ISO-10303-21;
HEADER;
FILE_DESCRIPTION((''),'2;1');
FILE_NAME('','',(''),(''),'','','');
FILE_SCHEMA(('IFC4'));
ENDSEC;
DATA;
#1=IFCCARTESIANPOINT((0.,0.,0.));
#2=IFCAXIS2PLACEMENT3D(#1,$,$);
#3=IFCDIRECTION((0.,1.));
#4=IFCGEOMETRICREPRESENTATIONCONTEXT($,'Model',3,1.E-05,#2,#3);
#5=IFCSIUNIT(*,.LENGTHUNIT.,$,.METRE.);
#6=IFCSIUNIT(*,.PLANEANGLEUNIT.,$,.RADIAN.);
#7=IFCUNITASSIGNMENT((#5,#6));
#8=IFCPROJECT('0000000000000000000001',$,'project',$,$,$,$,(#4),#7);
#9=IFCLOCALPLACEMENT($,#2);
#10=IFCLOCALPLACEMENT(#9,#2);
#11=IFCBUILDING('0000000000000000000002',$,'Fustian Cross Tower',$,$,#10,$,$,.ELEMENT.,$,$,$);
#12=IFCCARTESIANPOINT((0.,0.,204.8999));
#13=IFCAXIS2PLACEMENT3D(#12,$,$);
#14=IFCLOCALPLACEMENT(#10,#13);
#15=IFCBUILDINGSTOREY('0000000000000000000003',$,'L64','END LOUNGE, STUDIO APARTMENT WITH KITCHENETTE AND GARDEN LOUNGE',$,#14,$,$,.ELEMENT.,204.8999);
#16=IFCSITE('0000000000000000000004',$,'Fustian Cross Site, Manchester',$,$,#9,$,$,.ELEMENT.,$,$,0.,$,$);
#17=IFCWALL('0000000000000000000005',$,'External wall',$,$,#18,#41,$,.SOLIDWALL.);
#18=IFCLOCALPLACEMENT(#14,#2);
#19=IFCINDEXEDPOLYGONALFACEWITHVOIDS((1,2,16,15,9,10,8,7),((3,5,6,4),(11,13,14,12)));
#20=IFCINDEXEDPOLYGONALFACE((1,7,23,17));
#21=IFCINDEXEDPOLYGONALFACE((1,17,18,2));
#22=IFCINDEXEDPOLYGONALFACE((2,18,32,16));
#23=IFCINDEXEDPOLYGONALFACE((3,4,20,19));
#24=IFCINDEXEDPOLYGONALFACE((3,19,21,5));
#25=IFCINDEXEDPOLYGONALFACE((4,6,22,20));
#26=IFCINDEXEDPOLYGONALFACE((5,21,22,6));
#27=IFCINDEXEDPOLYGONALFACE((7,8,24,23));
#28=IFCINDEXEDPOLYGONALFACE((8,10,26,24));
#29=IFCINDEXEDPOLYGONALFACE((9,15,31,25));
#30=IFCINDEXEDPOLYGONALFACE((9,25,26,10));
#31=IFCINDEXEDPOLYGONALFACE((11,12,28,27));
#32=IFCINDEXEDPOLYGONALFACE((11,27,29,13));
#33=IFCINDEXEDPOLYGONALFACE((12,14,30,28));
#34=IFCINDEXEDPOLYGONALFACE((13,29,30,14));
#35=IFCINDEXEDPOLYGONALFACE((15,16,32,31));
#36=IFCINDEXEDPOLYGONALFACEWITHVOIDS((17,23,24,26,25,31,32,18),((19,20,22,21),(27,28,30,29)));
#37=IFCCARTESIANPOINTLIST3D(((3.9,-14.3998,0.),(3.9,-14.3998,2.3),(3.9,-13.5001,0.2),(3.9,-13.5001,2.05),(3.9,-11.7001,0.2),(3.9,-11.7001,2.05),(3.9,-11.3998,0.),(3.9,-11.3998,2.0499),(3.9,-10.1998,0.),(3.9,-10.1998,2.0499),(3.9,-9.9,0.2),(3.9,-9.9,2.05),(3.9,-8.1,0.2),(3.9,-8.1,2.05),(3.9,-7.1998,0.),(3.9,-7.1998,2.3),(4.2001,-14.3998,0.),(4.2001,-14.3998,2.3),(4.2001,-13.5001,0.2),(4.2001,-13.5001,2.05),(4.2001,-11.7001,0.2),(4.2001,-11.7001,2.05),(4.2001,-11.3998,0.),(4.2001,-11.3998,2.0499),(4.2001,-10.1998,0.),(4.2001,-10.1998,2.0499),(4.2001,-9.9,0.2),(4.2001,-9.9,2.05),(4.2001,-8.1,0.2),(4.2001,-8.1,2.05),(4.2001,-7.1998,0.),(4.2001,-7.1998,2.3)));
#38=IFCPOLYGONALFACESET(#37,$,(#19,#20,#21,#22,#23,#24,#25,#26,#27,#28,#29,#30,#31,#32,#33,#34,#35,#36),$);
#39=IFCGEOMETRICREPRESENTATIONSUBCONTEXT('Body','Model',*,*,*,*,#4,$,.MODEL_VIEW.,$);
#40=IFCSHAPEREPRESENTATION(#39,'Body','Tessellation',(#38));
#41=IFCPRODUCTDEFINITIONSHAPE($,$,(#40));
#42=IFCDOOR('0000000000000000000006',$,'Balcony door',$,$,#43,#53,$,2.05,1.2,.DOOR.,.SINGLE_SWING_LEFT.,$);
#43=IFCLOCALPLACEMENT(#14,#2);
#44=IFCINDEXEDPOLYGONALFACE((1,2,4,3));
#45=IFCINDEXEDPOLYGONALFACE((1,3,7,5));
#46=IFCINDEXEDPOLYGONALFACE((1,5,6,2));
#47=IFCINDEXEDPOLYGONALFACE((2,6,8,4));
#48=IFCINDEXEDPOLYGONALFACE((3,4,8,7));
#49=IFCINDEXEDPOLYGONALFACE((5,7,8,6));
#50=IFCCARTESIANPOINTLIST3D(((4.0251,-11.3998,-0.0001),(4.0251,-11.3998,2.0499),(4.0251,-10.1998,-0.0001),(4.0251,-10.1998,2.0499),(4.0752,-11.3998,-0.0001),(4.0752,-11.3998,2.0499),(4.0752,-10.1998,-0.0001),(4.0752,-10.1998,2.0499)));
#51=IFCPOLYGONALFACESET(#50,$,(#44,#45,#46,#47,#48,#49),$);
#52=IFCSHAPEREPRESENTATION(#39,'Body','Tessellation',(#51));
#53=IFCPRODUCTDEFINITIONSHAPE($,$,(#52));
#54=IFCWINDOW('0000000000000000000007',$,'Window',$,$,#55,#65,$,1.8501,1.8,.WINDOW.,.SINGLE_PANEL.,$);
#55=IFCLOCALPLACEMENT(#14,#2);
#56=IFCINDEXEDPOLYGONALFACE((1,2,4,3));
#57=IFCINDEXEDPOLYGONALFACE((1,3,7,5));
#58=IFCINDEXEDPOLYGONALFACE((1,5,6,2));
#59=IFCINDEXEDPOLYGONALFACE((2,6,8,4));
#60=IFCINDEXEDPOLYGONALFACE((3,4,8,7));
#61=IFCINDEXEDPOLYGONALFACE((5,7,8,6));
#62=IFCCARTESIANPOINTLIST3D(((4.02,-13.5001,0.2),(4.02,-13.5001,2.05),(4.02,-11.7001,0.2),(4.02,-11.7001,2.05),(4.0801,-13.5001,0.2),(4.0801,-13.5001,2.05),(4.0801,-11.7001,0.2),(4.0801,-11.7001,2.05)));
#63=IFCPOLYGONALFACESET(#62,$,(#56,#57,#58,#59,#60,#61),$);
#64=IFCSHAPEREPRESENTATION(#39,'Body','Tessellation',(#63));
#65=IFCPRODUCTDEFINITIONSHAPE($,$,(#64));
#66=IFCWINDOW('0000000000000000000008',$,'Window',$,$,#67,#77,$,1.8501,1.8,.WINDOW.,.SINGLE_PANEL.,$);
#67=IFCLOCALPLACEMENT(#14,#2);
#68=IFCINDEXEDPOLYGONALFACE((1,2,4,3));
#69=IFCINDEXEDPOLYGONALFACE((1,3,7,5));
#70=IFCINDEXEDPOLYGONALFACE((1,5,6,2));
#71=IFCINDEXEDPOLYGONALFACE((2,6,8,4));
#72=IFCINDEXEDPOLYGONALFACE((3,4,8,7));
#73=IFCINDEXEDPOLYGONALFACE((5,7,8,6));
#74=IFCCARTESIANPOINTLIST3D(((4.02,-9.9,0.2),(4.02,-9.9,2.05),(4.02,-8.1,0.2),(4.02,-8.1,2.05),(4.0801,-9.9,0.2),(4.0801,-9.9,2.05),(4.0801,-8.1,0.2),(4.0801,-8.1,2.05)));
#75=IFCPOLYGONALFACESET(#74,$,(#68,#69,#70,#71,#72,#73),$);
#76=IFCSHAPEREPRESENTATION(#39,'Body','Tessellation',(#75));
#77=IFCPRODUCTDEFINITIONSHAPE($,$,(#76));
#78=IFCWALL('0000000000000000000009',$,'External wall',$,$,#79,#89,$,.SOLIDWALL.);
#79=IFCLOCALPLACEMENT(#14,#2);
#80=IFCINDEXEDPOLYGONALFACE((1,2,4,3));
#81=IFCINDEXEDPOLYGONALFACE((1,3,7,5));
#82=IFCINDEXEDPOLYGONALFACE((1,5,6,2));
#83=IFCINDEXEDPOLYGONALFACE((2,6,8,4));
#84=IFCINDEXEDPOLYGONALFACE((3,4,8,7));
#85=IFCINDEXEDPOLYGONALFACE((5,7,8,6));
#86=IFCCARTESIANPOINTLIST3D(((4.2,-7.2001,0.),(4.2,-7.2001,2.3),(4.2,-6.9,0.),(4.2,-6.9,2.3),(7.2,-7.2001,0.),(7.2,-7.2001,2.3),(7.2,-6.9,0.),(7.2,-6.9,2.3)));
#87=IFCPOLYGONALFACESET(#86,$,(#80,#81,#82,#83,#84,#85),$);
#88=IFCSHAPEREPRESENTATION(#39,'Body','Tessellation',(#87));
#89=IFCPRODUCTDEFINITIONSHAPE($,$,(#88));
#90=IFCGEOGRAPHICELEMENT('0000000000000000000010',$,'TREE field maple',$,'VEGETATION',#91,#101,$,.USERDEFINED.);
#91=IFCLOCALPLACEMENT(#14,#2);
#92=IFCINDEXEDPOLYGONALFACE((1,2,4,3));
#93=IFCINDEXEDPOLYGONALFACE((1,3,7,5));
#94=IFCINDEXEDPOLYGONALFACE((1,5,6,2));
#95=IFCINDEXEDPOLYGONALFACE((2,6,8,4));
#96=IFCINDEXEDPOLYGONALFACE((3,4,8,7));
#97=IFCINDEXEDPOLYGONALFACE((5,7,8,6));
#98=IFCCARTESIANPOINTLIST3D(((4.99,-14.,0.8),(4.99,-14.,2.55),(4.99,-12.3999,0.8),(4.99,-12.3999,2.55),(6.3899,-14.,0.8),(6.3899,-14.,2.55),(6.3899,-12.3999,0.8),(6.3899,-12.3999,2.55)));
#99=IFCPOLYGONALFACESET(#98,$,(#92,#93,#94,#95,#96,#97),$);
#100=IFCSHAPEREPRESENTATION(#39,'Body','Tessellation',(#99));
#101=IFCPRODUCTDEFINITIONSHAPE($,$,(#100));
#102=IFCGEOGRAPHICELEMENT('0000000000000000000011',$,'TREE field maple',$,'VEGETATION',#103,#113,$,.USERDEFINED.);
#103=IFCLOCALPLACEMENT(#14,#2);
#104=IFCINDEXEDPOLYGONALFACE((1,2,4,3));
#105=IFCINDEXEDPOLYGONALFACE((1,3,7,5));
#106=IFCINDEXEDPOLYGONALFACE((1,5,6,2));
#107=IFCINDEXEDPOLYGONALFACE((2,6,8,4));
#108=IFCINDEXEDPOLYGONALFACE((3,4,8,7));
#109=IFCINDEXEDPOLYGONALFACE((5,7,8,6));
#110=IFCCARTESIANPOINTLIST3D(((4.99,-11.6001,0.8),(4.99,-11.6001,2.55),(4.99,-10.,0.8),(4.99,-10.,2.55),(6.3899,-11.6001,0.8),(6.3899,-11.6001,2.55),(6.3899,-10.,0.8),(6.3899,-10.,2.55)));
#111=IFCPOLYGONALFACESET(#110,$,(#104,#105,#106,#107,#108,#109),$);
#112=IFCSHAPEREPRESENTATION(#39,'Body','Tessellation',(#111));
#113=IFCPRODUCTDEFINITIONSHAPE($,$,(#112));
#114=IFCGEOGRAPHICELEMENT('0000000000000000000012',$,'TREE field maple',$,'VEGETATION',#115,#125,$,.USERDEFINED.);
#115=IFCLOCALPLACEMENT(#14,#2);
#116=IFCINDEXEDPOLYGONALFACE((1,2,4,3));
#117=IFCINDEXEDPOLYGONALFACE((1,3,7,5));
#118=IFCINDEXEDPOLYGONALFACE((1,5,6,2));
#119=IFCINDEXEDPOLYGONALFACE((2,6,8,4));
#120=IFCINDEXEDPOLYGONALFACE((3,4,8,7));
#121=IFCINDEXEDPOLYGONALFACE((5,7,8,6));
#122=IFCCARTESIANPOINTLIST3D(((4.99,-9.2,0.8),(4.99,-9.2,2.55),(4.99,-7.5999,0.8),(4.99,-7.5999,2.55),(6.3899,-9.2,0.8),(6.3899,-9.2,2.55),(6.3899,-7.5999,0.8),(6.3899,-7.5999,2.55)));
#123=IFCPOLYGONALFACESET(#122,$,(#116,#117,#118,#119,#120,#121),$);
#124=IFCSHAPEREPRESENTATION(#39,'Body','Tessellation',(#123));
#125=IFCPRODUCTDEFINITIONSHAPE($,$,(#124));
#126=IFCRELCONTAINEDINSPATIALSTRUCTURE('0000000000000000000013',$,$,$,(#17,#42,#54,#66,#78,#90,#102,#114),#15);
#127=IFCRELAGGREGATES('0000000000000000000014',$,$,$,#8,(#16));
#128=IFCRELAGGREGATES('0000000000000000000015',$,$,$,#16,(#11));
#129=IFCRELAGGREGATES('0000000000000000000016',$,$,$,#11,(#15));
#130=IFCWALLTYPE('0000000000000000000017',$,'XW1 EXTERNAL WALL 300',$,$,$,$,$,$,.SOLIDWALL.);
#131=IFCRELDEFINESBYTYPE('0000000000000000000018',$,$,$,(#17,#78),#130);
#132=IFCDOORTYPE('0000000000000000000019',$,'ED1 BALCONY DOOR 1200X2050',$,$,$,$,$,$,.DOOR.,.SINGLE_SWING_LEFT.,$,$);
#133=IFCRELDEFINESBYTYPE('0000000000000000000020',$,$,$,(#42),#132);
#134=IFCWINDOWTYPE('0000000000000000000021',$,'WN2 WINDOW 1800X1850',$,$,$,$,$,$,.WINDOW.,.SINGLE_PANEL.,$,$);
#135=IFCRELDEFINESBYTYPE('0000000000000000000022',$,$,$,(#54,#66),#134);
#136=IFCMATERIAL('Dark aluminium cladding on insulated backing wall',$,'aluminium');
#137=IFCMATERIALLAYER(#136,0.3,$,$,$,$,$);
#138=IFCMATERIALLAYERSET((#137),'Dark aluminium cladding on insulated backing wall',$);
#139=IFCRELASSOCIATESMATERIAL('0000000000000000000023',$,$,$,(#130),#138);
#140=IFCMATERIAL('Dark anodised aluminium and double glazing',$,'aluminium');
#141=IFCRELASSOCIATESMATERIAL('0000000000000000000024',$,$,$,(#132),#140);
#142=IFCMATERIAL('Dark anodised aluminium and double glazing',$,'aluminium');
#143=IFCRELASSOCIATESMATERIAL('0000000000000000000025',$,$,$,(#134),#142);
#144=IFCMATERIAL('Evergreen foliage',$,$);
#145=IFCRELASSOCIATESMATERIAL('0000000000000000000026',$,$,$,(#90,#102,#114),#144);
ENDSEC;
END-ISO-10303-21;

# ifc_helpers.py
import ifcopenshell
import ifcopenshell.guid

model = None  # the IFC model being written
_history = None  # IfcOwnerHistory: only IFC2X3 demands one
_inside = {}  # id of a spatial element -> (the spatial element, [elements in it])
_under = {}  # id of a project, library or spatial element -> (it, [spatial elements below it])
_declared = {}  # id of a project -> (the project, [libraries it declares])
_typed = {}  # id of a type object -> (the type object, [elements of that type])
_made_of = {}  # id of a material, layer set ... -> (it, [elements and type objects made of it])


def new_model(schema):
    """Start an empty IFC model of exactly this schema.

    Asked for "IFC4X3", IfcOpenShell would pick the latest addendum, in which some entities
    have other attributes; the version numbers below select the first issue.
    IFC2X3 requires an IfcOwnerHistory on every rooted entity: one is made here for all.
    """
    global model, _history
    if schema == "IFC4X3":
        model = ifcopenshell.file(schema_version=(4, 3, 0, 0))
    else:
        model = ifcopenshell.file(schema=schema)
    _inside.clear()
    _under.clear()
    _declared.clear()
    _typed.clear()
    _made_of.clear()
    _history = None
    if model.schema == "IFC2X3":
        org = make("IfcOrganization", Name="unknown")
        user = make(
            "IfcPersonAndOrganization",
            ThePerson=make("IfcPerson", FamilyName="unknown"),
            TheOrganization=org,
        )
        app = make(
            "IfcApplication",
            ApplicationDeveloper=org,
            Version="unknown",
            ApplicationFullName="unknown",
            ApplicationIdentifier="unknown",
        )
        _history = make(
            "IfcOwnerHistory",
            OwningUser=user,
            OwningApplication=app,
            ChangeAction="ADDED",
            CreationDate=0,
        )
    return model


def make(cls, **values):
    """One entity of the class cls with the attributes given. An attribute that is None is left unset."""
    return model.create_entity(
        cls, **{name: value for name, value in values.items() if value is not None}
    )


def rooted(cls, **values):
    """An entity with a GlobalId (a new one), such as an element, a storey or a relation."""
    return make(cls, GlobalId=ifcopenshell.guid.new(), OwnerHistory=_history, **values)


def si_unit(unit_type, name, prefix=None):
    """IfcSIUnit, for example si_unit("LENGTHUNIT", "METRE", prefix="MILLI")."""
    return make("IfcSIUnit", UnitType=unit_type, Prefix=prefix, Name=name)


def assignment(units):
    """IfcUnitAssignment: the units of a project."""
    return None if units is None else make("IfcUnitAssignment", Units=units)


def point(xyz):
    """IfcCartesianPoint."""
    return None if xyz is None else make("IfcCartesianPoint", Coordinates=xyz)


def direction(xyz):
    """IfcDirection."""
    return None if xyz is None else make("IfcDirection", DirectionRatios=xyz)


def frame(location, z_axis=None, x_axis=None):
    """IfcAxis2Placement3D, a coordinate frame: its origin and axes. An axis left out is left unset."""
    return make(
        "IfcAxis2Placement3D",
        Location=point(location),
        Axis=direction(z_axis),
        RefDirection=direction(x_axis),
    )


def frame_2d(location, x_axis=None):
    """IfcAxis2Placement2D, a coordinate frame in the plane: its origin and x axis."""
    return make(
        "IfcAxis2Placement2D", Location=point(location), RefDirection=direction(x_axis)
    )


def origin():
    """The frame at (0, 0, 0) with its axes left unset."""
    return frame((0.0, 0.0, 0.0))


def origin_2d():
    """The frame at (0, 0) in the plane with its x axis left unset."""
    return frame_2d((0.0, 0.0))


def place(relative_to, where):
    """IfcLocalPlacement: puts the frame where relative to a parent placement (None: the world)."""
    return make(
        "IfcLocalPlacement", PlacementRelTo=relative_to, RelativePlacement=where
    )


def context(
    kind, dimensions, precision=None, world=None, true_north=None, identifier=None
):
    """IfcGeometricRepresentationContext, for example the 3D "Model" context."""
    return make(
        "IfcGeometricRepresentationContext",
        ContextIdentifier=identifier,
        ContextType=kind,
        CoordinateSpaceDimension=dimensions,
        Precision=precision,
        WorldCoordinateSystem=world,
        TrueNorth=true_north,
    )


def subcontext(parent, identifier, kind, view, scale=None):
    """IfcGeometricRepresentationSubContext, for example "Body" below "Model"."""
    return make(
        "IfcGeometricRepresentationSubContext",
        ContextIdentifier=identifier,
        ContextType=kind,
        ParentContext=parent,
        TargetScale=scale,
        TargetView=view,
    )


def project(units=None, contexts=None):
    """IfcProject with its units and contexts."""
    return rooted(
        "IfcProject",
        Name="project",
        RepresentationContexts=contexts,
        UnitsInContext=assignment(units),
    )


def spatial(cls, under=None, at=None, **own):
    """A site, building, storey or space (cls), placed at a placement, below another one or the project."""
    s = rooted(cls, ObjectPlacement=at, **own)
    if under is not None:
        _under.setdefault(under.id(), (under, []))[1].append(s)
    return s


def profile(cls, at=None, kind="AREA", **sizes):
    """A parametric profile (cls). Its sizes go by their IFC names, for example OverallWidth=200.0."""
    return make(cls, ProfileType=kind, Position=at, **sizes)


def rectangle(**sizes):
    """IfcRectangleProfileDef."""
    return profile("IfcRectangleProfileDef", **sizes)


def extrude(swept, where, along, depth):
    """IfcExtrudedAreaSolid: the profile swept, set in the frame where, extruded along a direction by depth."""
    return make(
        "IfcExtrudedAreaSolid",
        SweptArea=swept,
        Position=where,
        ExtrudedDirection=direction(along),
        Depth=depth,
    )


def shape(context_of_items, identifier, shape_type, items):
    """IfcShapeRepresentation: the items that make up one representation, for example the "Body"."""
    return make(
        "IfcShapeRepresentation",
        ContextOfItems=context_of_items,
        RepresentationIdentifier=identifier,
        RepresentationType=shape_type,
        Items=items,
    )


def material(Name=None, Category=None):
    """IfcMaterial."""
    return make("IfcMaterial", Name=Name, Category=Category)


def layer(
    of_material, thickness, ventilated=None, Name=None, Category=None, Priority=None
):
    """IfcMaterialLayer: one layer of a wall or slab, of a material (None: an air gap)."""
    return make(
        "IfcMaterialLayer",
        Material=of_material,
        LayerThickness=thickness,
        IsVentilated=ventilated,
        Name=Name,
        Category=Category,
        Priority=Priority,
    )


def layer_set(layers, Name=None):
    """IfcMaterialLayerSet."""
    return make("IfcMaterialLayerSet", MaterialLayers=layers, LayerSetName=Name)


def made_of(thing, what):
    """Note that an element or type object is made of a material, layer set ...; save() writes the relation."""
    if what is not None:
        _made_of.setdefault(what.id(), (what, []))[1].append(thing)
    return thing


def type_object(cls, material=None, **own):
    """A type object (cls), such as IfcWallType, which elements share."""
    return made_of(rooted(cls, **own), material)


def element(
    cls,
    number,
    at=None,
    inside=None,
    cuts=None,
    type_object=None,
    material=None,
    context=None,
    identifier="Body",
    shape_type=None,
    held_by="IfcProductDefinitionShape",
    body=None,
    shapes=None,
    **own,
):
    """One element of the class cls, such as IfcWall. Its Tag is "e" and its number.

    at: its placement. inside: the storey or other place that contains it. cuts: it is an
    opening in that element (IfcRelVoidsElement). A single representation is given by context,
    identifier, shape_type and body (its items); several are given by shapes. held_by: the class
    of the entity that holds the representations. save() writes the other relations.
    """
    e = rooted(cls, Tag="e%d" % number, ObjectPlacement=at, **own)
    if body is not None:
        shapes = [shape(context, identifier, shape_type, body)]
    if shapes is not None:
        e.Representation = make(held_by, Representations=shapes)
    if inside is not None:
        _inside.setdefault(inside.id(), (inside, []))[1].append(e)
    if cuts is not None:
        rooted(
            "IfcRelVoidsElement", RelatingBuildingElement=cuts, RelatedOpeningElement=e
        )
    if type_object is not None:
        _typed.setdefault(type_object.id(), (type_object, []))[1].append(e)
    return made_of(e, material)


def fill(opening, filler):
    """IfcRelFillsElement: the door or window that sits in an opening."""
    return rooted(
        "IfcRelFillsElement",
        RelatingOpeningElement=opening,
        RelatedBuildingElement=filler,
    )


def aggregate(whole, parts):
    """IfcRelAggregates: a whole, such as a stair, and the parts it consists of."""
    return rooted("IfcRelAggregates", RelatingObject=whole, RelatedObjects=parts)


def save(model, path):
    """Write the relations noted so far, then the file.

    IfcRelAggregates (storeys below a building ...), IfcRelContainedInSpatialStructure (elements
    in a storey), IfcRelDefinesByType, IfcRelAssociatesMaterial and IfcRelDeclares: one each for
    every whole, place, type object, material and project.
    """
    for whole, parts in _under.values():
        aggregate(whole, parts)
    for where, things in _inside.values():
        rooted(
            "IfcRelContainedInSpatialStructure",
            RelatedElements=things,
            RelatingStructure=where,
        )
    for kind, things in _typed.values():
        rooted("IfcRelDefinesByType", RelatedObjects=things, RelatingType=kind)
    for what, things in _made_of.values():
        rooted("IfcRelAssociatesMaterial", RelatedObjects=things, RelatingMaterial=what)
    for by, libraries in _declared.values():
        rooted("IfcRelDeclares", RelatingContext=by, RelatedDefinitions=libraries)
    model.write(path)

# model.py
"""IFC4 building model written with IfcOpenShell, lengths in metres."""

from ifc_helpers import new_model, si_unit, direction, frame, frame_2d, origin, origin_2d, place, context, subcontext, project, spatial, rectangle, extrude, material, layer, layer_set, type_object, element, fill, save


model = new_model("IFC4")

# Units and contexts
model_context = context("Model", 3, precision=1e-05, world=origin(), true_north=direction((0.0, 1.0)))
body_context = subcontext(model_context, "Body", "Model", "MODEL_VIEW")
ifc_project = project(units=[si_unit("LENGTHUNIT", "METRE"), si_unit("PLANEANGLEUNIT", "RADIAN")], contexts=[model_context])

# Site, building, storey
site_placement = place(None, origin())
site = spatial("IfcSite", under=ifc_project, at=site_placement, Name="Fustian Cross Site, Manchester", CompositionType="ELEMENT", RefElevation=0.0)
building_placement = place(site_placement, origin())
building = spatial("IfcBuilding", under=site, at=building_placement, Name="Fustian Cross Tower", CompositionType="ELEMENT")
storey_placement = place(building_placement, frame((0.0, 0.0, 204.8999)))
storey = spatial("IfcBuildingStorey", under=building, at=storey_placement, Name="L64", Description="END LOUNGE, STUDIO APARTMENT WITH KITCHENETTE AND GARDEN LOUNGE", CompositionType="ELEMENT", Elevation=204.8999)

# Wall, openings, door, windows
ifc_material_1 = material(Name="Dark aluminium cladding on insulated backing wall", Category="aluminium")
ifc_layer_1 = layer(ifc_material_1, 0.3)
ifc_layer_set_1 = layer_set([ifc_layer_1], Name="Dark aluminium cladding on insulated backing wall")
wall_type_1 = type_object("IfcWallType", Name="XW1 EXTERNAL WALL 300", PredefinedType="SOLIDWALL", material=ifc_layer_set_1)
wall_1_placement = place(storey_placement, frame((4.05, -14.3999, 0.0), z_axis=(0.0, 0.0, 1.0), x_axis=(0.0, 1.0, 0.0)))
wall_1 = element("IfcWall", 1, at=wall_1_placement, inside=storey, type_object=wall_type_1, Name="External wall", PredefinedType="SOLIDWALL", context=body_context, shape_type="SweptSolid", body=[
    extrude(rectangle(XDim=7.2, YDim=0.3, at=frame_2d((3.6001, 0.0))), origin(), (0.0, 0.0, 1.0), 2.3),
])
opening_1_placement = place(wall_1_placement, frame((3.0, 0.0, 0.0)))
opening_1 = element("IfcOpeningElement", 2, at=opening_1_placement, cuts=wall_1, PredefinedType="OPENING", context=body_context, shape_type="SweptSolid", body=[
    extrude(rectangle(XDim=1.2, YDim=2.05, at=frame_2d((0.6001, 1.0249))), frame((0.0, 0.1599, 0.0), z_axis=(0.0, -1.0, 0.0), x_axis=(1.0, 0.0, 0.0)), (0.0, 0.0, 1.0), 0.3201),
])
opening_2_placement = place(wall_1_placement, frame((0.8999, 0.0, 0.2)))
opening_2 = element("IfcOpeningElement", 3, at=opening_2_placement, cuts=wall_1, PredefinedType="OPENING", context=body_context, shape_type="SweptSolid", body=[
    extrude(rectangle(XDim=1.8, YDim=1.8501, at=frame_2d((0.8999, 0.925))), frame((0.0, 0.1599, 0.0), z_axis=(0.0, -1.0, 0.0), x_axis=(1.0, 0.0, 0.0)), (0.0, 0.0, 1.0), 0.3201),
])
opening_3_placement = place(wall_1_placement, frame((4.5, 0.0, 0.2)))
opening_3 = element("IfcOpeningElement", 4, at=opening_3_placement, cuts=wall_1, PredefinedType="OPENING", context=body_context, shape_type="SweptSolid", body=[
    extrude(rectangle(XDim=1.8, YDim=1.8501, at=frame_2d((0.8999, 0.925))), frame((0.0, 0.1599, 0.0), z_axis=(0.0, -1.0, 0.0), x_axis=(1.0, 0.0, 0.0)), (0.0, 0.0, 1.0), 0.3201),
])
ifc_material_2 = material(Name="Dark anodised aluminium and double glazing", Category="aluminium")
door_type_1 = type_object("IfcDoorType", Name="ED1 BALCONY DOOR 1200X2050", OperationType="SINGLE_SWING_LEFT", PredefinedType="DOOR", material=ifc_material_2)
door_1_placement = place(opening_1_placement, origin())
door_1 = element("IfcDoor", 5, at=door_1_placement, inside=storey, type_object=door_type_1, Name="Balcony door", OperationType="SINGLE_SWING_LEFT", OverallHeight=2.05, OverallWidth=1.2, PredefinedType="DOOR", context=body_context, shape_type="SweptSolid", body=[
    extrude(rectangle(XDim=1.2, YDim=2.05, at=frame_2d((0.6001, 1.0249))), frame((0.0, 0.0249, 0.0), z_axis=(0.0, -1.0, 0.0), x_axis=(1.0, 0.0, 0.0)), (0.0, 0.0, 1.0), 0.05),
])
fill(opening_1, door_1)
ifc_material_3 = material(Name="Dark anodised aluminium and double glazing", Category="aluminium")
window_type = type_object("IfcWindowType", Name="WN2 WINDOW 1800X1850", PartitioningType="SINGLE_PANEL", PredefinedType="WINDOW", material=ifc_material_3)
window_1_placement = place(opening_2_placement, origin())
window_1 = element("IfcWindow", 6, at=window_1_placement, inside=storey, type_object=window_type, Name="Window", OverallHeight=1.8501, OverallWidth=1.8, PartitioningType="SINGLE_PANEL", PredefinedType="WINDOW", context=body_context, shape_type="SweptSolid", body=[
    extrude(rectangle(XDim=1.8, YDim=1.8501, at=frame_2d((0.8999, 0.925))), frame((0.0, 0.03, 0.0), z_axis=(0.0, -1.0, 0.0), x_axis=(1.0, 0.0, 0.0)), (0.0, 0.0, 1.0), 0.0601),
])
fill(opening_2, window_1)
window_2_placement = place(opening_3_placement, origin())
window_2 = element("IfcWindow", 7, at=window_2_placement, inside=storey, type_object=window_type, Name="Window", OverallHeight=1.8501, OverallWidth=1.8, PartitioningType="SINGLE_PANEL", PredefinedType="WINDOW", context=body_context, shape_type="SweptSolid", body=[
    extrude(rectangle(XDim=1.8, YDim=1.8501, at=frame_2d((0.8999, 0.925))), frame((0.0, 0.03, 0.0), z_axis=(0.0, -1.0, 0.0), x_axis=(1.0, 0.0, 0.0)), (0.0, 0.0, 1.0), 0.0601),
])
fill(opening_3, window_2)

# Wall
wall_2_placement = place(storey_placement, frame((4.2, -7.05, 0.0), z_axis=(0.0, 0.0, 1.0), x_axis=(1.0, 0.0, 0.0)))
element("IfcWall", 8, at=wall_2_placement, inside=storey, type_object=wall_type_1, Name="External wall", PredefinedType="SOLIDWALL", context=body_context, shape_type="SweptSolid", body=[
    extrude(rectangle(XDim=3.0, YDim=0.3, at=frame_2d((1.5, 0.0))), origin(), (0.0, 0.0, 1.0), 2.3),
])

# Geographic elements
ifc_material_4 = material(Name="Evergreen foliage")
for number, where, z_axis, x_axis, name in (
    (9, (5.6899, -13.2, 0.8), (0.0, 0.0, 1.0), (1.0, 0.0, 0.0), "TREE field maple"),
    (10, (5.6899, -10.8, 0.8), (0.0, 0.0, 1.0), (1.0, 0.0, 0.0), "TREE field maple"),
    (11, (5.6899, -8.3999, 0.8), (0.0, 0.0, 1.0), (1.0, 0.0, 0.0), "TREE field maple"),
):
    element("IfcGeographicElement", number, at=place(storey_placement, frame(where, z_axis=z_axis, x_axis=x_axis)), inside=storey, material=ifc_material_4, Name=name, ObjectType="VEGETATION", PredefinedType="USERDEFINED", context=body_context, shape_type="SweptSolid", body=[
        extrude(rectangle(XDim=1.3999, YDim=1.6001, at=origin_2d()), origin(), (0.0, 0.0, 1.0), 1.75),
    ])

save(model, "model.ifc")
